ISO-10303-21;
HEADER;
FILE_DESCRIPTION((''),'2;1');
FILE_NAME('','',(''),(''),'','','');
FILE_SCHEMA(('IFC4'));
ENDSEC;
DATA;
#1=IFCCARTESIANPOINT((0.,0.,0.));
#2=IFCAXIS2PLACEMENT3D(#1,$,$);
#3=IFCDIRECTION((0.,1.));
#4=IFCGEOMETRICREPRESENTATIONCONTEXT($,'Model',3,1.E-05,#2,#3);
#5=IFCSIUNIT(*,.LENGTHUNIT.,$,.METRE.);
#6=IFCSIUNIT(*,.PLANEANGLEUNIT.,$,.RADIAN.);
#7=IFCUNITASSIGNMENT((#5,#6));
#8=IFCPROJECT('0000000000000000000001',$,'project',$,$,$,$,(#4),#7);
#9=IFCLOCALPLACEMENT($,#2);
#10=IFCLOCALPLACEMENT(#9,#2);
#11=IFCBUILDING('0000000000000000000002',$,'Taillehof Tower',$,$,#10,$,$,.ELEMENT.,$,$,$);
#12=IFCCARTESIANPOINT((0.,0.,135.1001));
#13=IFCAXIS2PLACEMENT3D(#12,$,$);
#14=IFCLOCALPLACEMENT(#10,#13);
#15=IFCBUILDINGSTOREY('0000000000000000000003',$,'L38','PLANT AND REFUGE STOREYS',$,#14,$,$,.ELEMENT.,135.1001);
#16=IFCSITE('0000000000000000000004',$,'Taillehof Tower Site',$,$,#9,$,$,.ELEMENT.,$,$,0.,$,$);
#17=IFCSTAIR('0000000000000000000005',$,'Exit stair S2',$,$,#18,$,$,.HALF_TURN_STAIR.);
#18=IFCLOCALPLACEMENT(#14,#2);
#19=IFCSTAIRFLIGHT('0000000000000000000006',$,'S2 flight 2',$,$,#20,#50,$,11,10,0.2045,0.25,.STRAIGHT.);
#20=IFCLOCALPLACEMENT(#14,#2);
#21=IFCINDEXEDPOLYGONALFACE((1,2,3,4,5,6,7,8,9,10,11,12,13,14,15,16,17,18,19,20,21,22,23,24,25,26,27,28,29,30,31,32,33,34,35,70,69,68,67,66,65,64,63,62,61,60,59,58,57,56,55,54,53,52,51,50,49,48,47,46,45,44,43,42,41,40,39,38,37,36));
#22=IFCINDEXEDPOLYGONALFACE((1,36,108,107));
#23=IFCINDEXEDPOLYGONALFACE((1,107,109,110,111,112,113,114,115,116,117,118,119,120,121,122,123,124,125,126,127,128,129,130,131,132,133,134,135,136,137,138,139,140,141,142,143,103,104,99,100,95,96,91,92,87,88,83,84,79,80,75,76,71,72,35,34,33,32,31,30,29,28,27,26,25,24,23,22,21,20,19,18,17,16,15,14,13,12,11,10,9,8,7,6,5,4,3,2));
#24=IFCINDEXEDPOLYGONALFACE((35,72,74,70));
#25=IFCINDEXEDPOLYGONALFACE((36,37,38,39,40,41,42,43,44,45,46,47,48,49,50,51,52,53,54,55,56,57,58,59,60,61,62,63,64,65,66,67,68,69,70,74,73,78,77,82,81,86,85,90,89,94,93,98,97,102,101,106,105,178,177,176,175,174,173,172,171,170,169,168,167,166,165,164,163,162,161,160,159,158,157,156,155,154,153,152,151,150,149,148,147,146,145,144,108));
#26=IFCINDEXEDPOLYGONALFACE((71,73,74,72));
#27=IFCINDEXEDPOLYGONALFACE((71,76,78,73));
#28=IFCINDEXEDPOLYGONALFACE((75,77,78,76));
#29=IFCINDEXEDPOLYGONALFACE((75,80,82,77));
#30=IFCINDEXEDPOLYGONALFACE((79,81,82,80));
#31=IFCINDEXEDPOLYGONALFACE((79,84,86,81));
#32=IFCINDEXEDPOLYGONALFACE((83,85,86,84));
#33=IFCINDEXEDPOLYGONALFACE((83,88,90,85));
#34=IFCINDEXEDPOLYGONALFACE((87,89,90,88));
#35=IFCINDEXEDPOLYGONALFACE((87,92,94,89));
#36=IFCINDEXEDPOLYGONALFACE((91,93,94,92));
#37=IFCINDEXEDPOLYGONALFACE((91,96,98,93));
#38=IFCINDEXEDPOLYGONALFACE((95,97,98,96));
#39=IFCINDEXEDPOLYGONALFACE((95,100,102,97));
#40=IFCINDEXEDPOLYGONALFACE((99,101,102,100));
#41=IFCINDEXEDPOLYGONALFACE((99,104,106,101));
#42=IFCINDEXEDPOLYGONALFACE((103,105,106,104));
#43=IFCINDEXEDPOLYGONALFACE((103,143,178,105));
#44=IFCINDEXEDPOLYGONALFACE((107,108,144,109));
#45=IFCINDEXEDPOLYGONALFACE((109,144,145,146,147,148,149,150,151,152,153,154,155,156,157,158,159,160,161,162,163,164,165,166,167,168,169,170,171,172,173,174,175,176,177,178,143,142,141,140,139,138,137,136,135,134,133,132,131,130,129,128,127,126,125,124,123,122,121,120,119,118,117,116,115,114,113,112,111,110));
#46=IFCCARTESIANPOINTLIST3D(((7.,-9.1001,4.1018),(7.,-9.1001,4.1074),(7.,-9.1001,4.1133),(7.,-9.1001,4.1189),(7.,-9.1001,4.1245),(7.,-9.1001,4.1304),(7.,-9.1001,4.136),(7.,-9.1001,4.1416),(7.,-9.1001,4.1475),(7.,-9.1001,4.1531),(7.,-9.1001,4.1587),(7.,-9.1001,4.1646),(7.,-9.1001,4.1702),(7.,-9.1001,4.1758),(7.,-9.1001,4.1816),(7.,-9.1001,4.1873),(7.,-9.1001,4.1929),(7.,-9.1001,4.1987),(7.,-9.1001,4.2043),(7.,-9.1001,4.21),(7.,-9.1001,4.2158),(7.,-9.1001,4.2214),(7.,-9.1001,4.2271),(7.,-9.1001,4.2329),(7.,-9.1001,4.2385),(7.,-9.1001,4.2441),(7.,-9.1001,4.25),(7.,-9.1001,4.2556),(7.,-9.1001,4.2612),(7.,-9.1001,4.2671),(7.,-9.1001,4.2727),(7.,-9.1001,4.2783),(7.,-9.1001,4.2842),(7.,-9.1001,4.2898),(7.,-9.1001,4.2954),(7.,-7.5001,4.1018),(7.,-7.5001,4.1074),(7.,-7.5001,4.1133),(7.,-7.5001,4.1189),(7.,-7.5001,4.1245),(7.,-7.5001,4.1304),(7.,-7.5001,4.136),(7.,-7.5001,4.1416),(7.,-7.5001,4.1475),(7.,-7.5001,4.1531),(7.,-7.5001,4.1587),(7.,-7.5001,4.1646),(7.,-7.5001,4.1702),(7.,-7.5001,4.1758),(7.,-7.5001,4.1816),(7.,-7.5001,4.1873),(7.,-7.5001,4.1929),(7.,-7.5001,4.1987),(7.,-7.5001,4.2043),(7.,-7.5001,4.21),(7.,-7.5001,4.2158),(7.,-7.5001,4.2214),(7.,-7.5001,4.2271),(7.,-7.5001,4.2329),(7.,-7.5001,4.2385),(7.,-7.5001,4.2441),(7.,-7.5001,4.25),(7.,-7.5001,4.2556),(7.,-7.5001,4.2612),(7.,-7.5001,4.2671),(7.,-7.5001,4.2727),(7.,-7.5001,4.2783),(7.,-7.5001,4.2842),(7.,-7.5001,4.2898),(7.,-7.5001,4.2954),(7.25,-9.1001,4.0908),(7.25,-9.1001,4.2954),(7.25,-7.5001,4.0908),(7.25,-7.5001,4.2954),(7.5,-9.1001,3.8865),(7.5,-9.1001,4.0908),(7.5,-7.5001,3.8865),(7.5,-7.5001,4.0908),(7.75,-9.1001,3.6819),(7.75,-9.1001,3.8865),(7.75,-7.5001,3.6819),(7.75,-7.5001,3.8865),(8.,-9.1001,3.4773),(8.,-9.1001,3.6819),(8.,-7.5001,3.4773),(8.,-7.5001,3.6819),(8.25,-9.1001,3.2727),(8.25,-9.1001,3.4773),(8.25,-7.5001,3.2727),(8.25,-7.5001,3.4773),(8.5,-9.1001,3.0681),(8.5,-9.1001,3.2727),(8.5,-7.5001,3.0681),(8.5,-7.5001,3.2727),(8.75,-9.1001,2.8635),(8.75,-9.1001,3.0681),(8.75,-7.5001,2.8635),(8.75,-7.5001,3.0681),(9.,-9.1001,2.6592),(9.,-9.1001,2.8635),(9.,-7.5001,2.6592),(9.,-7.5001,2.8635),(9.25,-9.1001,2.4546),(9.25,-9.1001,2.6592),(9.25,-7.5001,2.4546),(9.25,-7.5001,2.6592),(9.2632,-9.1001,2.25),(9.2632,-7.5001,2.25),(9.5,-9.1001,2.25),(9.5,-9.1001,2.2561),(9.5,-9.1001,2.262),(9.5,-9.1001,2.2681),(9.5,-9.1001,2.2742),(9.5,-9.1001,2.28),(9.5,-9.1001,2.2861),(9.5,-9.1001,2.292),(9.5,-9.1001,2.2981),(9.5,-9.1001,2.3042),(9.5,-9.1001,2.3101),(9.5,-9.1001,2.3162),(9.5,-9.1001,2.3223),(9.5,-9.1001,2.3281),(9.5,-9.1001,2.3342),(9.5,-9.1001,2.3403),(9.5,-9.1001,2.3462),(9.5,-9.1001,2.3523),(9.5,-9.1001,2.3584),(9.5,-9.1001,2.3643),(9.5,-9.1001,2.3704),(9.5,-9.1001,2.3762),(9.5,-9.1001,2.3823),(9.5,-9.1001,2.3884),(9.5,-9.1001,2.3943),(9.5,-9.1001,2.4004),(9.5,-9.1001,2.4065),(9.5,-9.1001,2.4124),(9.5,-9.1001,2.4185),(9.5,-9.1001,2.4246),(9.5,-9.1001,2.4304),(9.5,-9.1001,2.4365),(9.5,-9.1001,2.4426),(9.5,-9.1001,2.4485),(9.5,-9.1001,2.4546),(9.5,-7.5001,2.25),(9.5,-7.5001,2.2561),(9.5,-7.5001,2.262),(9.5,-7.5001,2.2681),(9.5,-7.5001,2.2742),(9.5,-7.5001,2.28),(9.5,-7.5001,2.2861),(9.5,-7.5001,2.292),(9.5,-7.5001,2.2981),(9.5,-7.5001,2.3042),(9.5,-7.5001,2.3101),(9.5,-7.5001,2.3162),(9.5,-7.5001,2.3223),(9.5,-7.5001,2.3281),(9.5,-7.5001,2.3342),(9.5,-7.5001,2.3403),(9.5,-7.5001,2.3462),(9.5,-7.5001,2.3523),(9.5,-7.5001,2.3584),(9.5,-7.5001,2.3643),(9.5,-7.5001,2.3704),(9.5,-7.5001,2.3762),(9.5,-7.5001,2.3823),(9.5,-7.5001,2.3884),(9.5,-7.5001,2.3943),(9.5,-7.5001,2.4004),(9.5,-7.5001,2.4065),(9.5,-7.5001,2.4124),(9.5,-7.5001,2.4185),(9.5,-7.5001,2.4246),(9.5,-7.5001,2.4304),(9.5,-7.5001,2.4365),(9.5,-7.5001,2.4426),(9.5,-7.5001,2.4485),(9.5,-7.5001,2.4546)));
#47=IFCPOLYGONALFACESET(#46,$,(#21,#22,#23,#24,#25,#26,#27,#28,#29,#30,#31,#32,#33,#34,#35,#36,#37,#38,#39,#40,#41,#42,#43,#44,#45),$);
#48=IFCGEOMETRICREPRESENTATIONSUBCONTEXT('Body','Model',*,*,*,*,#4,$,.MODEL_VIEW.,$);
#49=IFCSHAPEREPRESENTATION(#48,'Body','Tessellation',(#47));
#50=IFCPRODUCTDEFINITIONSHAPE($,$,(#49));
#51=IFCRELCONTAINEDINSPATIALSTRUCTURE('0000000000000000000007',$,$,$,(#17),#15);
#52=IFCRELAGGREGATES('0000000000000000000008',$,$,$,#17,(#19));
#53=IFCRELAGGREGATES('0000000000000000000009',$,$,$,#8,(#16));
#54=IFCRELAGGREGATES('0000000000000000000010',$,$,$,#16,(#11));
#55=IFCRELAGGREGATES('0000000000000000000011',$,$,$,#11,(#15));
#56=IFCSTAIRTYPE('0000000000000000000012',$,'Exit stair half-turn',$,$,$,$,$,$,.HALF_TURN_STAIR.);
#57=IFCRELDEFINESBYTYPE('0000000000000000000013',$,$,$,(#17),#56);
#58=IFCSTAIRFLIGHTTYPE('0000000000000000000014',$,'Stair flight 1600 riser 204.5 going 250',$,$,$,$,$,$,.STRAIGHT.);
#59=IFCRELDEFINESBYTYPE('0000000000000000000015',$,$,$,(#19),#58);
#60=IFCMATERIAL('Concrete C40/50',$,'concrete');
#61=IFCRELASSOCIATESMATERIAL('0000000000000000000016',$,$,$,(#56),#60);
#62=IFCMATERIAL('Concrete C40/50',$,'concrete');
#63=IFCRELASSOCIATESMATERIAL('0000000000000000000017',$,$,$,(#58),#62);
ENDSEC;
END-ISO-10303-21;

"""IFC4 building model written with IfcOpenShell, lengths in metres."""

from ifc_helpers import new_model, si_unit, direction, frame, origin, place, context, subcontext, project, spatial, polyline, outline, extrude, material, type_object, element, aggregate, save


model = new_model("IFC4")

# Units and contexts
model_context = context("Model", 3, precision=1e-05, world=origin(), true_north=direction((0.0, 1.0)))
body_context = subcontext(model_context, "Body", "Model", "MODEL_VIEW")
ifc_project = project(units=[si_unit("LENGTHUNIT", "METRE"), si_unit("PLANEANGLEUNIT", "RADIAN")], contexts=[model_context])

# Site, building, storey
site_placement = place(None, origin())
site = spatial("IfcSite", under=ifc_project, at=site_placement, Name="Taillehof Tower Site", CompositionType="ELEMENT", RefElevation=0.0)
building_placement = place(site_placement, origin())
building = spatial("IfcBuilding", under=site, at=building_placement, Name="Taillehof Tower", CompositionType="ELEMENT")
storey_placement = place(building_placement, frame((0.0, 0.0, 135.1001)))
storey = spatial("IfcBuildingStorey", under=building, at=storey_placement, Name="L38", Description="PLANT AND REFUGE STOREYS", CompositionType="ELEMENT", Elevation=135.1001)

# Stair, stair flight
ifc_material_1 = material(Name="Concrete C40/50", Category="concrete")
stair_type = type_object("IfcStairType", Name="Exit stair half-turn", PredefinedType="HALF_TURN_STAIR", material=ifc_material_1)
stair_placement = place(storey_placement, origin())
stair = element("IfcStair", 1, at=stair_placement, inside=storey, type_object=stair_type, Name="Exit stair S2", PredefinedType="HALF_TURN_STAIR")
ifc_material_2 = material(Name="Concrete C40/50", Category="concrete")
stair_flight_type = type_object("IfcStairFlightType", Name="Stair flight 1600 riser 204.5 going 250", PredefinedType="STRAIGHT", material=ifc_material_2)
stair_flight_1_placement = place(storey_placement, frame((9.5, -8.3, 2.25), z_axis=(0.0, 0.0, 1.0), x_axis=(-1.0, 0.0, 0.0)))
stair_flight_1 = element("IfcStairFlight", 2, at=stair_flight_1_placement, type_object=stair_flight_type, Name="S2 flight 2", NumberOfRisers=11, NumberOfTreads=10, PredefinedType="STRAIGHT", RiserHeight=0.2045, TreadLength=0.25, context=body_context, shape_type="SweptSolid", body=[
    extrude(outline(polyline([(0.0, 0.0), (0.0, 0.0061), (0.0, 0.012), (0.0, 0.0181), (0.0, 0.0242), (0.0, 0.03), (0.0, 0.0361), (0.0, 0.042), (0.0, 0.0481), (0.0, 0.0542), (0.0, 0.0601), (0.0, 0.0662), (0.0, 0.0723), (0.0, 0.0781), (0.0, 0.0842), (0.0, 0.0903), (0.0, 0.0962), (0.0, 0.1023), (0.0, 0.1084), (0.0, 0.1143), (0.0, 0.1204), (0.0, 0.1262), (0.0, 0.1323), (0.0, 0.1384), (0.0, 0.1443), (0.0, 0.1504), (0.0, 0.1565), (0.0, 0.1624), (0.0, 0.1685), (0.0, 0.1746), (0.0, 0.1804), (0.0, 0.1865), (0.0, 0.1926), (0.0, 0.1985), (0.0, 0.2046), (0.25, 0.2046), (0.25, 0.4092), (0.5, 0.4092), (0.5, 0.6135), (0.75, 0.6135), (0.75, 0.8181), (1.0, 0.8181), (1.0, 1.0227), (1.25, 1.0227), (1.25, 1.2273), (1.5, 1.2273), (1.5, 1.4319), (1.75, 1.4319), (1.75, 1.6365), (2.0, 1.6365), (2.0, 1.8408), (2.25, 1.8408), (2.25, 2.0454), (2.5, 2.0454), (2.5, 2.0398), (2.5, 2.0342), (2.5, 2.0283), (2.5, 2.0227), (2.5, 2.0171), (2.5, 2.0112), (2.5, 2.0056), (2.5, 2.0), (2.5, 1.9941), (2.5, 1.9885), (2.5, 1.9829), (2.5, 1.9771), (2.5, 1.9714), (2.5, 1.9658), (2.5, 1.96), (2.5, 1.9543), (2.5, 1.9487), (2.5, 1.9429), (2.5, 1.9373), (2.5, 1.9316), (2.5, 1.9258), (2.5, 1.9202), (2.5, 1.9146), (2.5, 1.9087), (2.5, 1.9031), (2.5, 1.8975), (2.5, 1.8916), (2.5, 1.886), (2.5, 1.8804), (2.5, 1.8745), (2.5, 1.8689), (2.5, 1.8633), (2.5, 1.8574), (2.5, 1.8518), (0.2368, 0.0), (0.0, 0.0)])), frame((0.0, 0.8, 0.0), z_axis=(0.0, -1.0, 0.0), x_axis=(1.0, 0.0, 0.0)), (0.0, 0.0, 1.0), 1.6),
])
aggregate(stair, [stair_flight_1])

save(model, "model.ifc")
